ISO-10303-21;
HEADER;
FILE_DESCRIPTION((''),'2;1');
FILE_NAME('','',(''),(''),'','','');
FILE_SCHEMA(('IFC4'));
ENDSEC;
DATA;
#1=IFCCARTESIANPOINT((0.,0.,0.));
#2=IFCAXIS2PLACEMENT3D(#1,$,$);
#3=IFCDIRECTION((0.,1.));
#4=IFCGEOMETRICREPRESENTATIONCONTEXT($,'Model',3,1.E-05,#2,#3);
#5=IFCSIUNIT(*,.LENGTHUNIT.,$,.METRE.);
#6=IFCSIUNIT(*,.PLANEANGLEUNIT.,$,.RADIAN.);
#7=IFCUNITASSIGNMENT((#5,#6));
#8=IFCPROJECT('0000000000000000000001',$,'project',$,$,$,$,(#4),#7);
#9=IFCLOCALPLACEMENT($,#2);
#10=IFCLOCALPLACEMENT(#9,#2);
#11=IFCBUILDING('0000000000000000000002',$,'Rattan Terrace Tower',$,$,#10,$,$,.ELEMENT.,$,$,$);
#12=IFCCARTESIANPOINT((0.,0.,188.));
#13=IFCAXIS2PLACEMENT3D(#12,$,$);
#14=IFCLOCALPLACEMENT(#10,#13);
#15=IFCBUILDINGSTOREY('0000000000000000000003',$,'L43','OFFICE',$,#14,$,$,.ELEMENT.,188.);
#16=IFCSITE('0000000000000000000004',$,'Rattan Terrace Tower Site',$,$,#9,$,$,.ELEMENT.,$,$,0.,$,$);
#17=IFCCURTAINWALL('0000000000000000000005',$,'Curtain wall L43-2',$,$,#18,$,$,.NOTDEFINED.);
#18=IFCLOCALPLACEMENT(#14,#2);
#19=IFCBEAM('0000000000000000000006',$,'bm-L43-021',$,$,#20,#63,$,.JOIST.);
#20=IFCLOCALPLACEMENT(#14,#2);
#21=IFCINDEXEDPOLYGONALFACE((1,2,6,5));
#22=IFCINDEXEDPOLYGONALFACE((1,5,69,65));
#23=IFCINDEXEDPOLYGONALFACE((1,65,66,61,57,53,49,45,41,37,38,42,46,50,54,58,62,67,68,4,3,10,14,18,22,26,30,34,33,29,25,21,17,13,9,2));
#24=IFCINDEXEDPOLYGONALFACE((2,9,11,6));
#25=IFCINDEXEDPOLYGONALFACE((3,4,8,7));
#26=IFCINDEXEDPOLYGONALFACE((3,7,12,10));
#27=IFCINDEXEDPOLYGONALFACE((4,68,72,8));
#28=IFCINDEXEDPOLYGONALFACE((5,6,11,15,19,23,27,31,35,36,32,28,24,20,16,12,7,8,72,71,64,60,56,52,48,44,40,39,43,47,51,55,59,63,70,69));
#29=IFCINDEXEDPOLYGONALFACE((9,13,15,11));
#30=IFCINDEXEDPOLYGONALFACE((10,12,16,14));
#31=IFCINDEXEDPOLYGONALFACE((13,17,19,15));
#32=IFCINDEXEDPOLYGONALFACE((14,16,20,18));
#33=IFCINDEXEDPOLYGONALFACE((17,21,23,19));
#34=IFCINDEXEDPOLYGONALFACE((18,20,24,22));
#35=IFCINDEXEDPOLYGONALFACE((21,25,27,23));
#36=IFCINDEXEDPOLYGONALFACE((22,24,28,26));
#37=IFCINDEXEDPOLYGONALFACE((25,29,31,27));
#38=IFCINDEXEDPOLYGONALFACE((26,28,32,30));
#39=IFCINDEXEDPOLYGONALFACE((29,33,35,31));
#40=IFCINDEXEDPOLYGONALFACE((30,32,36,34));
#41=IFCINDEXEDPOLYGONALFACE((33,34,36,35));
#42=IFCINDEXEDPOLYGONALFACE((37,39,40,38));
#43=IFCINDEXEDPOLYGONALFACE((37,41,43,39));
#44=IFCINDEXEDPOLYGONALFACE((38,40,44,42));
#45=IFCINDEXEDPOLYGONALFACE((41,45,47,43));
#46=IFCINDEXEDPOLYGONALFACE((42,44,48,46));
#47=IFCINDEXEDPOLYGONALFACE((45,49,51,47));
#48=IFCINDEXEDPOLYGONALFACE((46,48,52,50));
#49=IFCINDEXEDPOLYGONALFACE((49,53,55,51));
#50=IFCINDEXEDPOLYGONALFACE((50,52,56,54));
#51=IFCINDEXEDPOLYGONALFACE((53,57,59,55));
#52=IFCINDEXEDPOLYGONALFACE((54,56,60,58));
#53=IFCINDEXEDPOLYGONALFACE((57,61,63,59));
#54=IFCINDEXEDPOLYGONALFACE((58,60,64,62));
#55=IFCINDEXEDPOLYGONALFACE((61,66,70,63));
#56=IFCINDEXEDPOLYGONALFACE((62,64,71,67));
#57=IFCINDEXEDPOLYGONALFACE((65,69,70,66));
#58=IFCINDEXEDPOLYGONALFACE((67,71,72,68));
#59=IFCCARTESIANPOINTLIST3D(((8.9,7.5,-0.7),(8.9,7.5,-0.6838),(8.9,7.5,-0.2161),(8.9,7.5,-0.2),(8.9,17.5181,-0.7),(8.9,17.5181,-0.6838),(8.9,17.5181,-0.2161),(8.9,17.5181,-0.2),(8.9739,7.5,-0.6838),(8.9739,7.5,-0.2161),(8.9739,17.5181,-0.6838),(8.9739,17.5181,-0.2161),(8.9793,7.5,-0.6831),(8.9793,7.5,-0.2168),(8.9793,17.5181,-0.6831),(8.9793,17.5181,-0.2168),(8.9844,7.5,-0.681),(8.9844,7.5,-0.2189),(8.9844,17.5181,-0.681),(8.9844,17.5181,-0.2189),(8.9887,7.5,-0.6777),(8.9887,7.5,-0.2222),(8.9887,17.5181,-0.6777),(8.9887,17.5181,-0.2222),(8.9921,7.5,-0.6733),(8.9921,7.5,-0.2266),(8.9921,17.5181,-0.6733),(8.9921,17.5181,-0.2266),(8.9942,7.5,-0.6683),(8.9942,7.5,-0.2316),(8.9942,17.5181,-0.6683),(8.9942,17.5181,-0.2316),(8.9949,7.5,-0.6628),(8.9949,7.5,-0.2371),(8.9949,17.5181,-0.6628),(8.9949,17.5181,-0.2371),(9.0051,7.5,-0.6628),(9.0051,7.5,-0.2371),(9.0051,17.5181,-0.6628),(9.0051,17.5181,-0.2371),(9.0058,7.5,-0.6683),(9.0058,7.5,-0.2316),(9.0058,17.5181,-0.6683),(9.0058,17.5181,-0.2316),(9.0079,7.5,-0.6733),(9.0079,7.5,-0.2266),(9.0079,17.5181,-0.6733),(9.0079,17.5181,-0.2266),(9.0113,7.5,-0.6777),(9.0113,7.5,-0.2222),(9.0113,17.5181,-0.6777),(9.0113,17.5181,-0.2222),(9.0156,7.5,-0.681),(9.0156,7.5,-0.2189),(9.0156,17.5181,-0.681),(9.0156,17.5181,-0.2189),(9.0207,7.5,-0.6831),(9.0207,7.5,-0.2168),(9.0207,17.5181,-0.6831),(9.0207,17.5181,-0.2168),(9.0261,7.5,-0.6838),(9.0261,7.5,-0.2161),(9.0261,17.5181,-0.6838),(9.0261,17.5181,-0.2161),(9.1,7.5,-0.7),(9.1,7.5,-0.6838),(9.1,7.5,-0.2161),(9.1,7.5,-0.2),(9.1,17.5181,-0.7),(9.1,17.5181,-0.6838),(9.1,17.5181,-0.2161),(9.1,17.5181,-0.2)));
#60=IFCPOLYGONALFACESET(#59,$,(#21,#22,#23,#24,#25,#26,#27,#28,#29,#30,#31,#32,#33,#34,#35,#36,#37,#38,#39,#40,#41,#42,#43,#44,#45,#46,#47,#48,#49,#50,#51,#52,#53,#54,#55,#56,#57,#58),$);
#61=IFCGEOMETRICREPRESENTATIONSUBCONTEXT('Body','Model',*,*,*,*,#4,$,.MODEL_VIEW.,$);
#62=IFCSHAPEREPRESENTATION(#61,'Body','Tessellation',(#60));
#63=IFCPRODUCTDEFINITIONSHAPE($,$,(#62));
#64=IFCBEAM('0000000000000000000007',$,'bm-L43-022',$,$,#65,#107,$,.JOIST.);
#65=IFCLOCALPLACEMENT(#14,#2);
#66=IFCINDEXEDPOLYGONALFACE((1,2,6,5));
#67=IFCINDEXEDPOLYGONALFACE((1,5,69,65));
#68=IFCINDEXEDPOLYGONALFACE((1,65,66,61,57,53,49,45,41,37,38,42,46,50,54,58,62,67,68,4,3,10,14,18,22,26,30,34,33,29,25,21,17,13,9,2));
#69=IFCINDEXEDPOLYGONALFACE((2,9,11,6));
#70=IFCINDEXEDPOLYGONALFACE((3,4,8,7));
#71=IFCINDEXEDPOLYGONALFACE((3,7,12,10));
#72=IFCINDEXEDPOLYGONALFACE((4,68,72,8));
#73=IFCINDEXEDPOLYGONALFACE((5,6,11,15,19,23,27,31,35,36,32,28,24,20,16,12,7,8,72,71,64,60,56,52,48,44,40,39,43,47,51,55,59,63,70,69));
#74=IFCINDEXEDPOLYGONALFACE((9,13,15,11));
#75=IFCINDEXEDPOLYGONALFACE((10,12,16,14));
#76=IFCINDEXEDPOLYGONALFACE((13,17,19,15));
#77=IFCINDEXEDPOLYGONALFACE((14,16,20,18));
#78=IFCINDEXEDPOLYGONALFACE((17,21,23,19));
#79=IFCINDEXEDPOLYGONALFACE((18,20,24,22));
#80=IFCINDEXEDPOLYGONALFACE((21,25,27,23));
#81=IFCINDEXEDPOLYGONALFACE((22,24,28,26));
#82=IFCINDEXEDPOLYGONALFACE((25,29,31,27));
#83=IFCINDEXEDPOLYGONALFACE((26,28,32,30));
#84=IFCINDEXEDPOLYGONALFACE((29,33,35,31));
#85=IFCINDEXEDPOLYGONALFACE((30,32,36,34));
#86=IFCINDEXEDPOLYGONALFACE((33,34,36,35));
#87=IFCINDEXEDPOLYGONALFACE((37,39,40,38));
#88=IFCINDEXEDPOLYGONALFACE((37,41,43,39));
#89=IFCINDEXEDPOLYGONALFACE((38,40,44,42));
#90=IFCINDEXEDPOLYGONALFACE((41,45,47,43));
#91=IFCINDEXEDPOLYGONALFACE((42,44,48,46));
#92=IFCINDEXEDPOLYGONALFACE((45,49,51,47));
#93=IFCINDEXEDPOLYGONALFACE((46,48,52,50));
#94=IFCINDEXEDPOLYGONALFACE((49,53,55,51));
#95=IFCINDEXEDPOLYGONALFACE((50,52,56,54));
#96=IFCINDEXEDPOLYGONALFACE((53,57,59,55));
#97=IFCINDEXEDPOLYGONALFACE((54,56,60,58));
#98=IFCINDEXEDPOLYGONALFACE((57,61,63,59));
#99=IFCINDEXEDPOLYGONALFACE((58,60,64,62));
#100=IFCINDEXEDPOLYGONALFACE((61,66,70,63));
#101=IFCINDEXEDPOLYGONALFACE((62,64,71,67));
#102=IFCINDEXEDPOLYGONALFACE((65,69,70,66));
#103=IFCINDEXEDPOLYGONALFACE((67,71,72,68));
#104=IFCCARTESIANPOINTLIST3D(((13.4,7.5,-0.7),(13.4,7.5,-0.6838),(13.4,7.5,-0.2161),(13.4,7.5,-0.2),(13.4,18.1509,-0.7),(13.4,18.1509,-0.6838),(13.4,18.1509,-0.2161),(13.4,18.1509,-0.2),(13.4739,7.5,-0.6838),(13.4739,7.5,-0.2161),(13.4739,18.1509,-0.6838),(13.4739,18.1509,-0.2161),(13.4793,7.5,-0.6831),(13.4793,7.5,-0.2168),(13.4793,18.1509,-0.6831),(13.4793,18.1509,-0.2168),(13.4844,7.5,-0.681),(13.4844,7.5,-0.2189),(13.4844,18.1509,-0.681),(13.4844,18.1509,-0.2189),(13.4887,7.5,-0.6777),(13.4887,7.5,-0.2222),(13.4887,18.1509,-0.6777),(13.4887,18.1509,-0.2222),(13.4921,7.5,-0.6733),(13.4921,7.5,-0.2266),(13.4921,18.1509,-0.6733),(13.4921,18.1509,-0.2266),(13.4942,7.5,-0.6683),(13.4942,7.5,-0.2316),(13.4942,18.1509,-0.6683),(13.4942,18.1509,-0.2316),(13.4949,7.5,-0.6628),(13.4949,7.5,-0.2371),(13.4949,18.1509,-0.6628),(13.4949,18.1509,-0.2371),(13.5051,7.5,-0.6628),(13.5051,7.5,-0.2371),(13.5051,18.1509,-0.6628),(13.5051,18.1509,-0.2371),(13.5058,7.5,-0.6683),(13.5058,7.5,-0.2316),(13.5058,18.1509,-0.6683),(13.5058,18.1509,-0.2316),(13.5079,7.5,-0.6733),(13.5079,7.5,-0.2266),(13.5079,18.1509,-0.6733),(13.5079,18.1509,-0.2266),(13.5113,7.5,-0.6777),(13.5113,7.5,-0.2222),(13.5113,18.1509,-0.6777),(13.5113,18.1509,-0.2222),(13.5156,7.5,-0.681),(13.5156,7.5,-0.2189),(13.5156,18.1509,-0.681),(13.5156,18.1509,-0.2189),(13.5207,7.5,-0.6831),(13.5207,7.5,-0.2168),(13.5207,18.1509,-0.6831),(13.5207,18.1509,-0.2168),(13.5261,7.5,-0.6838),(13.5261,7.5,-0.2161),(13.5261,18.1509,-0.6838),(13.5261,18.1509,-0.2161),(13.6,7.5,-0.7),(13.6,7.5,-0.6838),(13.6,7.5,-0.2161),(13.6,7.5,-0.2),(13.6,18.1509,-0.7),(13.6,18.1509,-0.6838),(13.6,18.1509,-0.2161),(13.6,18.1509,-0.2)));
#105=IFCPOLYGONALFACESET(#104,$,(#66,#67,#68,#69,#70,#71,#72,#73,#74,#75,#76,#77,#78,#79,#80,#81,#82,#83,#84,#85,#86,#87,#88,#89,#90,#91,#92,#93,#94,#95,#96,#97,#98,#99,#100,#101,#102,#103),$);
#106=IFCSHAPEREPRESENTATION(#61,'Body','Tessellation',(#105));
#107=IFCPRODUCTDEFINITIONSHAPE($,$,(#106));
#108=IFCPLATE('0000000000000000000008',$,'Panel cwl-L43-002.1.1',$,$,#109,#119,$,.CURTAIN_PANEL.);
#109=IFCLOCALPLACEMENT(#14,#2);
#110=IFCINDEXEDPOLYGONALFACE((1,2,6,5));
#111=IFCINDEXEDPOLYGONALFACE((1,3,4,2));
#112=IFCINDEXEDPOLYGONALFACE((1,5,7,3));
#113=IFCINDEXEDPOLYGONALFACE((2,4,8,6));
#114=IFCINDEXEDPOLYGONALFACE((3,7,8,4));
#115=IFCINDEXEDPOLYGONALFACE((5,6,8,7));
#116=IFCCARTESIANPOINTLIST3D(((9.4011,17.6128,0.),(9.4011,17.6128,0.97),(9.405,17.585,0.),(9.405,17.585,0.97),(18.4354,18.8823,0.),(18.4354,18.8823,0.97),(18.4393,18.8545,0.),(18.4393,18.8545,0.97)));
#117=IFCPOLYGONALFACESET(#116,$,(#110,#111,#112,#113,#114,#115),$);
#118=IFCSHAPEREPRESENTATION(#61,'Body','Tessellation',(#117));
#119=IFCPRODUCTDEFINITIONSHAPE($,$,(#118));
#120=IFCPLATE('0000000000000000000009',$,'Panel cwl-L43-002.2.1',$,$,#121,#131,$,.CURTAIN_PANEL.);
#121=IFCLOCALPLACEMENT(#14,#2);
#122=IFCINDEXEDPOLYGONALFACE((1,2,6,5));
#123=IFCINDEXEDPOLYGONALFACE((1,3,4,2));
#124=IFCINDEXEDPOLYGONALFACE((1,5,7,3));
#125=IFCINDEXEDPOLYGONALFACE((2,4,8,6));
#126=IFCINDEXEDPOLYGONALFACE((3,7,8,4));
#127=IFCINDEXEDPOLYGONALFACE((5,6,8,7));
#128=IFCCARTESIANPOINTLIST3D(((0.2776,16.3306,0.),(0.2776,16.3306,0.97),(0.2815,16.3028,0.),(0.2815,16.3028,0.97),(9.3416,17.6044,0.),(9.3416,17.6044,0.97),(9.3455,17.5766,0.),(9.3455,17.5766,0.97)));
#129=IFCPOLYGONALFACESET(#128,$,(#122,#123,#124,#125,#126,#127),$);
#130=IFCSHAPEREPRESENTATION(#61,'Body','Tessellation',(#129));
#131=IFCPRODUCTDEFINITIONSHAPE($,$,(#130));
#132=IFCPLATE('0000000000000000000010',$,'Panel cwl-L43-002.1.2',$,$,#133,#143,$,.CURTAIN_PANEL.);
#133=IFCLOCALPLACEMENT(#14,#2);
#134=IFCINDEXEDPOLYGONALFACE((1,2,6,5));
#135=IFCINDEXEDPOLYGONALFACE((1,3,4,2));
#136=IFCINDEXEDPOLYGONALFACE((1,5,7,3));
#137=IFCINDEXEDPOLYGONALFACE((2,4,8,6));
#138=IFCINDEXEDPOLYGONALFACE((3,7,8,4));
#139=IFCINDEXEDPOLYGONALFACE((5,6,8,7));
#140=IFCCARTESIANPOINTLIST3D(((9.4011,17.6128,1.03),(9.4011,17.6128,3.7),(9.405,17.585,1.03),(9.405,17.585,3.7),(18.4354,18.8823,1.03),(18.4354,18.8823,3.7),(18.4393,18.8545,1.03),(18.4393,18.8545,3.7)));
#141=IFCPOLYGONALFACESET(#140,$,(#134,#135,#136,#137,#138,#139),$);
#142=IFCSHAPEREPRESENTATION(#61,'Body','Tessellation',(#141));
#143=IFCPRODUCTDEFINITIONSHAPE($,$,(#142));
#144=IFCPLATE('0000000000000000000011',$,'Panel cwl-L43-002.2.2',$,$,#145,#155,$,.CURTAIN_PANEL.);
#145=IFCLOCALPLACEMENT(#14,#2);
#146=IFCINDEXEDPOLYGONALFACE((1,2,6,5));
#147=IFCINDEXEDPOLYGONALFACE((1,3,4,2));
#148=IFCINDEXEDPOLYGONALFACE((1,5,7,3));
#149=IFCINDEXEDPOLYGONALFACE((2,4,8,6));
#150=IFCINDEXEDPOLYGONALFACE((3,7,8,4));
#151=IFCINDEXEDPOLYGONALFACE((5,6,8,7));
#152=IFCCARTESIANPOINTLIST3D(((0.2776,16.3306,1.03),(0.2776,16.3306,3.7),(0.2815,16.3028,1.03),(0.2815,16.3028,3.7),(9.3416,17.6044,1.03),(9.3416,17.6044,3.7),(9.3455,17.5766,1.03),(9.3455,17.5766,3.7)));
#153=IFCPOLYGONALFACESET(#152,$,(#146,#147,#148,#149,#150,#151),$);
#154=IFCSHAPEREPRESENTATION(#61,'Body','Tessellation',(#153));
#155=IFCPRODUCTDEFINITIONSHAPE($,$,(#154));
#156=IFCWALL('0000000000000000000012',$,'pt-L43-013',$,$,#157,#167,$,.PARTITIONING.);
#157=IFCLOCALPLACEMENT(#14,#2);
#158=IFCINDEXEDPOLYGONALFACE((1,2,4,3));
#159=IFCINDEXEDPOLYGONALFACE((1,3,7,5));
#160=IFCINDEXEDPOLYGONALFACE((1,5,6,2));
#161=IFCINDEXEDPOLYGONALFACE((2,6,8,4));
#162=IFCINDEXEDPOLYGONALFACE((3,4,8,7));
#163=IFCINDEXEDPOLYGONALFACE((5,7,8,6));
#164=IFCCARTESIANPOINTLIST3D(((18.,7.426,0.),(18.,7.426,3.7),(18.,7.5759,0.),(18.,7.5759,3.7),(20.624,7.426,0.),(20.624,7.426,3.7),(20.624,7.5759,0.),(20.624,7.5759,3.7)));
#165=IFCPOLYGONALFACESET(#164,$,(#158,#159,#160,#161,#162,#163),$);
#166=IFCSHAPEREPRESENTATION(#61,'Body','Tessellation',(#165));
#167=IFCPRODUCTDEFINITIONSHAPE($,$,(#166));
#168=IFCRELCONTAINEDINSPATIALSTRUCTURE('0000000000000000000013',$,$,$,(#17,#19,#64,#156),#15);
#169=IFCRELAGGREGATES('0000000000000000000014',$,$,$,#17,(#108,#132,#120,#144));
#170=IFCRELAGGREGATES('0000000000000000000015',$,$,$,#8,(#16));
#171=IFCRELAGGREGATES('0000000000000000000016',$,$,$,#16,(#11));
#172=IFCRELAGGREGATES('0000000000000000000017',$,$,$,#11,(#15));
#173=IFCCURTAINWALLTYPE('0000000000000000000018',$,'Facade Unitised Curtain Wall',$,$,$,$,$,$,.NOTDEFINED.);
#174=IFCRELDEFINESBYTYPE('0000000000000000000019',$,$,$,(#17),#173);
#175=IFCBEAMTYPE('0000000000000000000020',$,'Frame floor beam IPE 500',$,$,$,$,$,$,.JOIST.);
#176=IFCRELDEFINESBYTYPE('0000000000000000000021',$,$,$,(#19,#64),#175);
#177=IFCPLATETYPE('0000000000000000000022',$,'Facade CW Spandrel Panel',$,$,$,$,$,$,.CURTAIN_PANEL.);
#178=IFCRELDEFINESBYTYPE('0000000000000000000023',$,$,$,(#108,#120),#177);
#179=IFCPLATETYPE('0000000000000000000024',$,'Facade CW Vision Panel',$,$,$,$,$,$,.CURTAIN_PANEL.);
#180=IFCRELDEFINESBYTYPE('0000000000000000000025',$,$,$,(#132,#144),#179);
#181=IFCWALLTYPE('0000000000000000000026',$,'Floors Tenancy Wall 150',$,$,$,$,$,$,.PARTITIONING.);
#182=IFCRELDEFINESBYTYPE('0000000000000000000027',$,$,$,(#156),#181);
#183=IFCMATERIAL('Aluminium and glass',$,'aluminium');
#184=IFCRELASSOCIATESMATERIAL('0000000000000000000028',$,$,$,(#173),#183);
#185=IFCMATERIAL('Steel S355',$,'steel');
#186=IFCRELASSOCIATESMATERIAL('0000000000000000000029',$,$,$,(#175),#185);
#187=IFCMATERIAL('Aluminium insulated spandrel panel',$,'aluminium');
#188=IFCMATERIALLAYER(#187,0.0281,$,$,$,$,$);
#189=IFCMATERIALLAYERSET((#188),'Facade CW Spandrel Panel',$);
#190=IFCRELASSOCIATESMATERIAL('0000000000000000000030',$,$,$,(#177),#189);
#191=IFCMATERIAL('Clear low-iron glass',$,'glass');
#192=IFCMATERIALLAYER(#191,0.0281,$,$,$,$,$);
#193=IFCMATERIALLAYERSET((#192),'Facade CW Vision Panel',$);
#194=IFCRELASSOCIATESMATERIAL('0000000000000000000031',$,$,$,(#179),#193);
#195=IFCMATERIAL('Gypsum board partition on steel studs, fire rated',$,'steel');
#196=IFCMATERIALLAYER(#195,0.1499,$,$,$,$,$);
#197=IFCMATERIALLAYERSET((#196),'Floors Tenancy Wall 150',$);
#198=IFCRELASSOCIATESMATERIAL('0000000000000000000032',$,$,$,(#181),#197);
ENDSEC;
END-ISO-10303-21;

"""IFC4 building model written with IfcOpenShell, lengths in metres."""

from ifc_helpers import new_model, si_unit, direction, frame, frame_2d, origin, origin_2d, place, context, subcontext, project, spatial, rectangle, i_section, extrude, material, layer, layer_set, material_profile, profile_set, type_object, element, aggregate, save


model = new_model("IFC4")

# Units and contexts
model_context = context("Model", 3, precision=1e-05, world=origin(), true_north=direction((0.0, 1.0)))
body_context = subcontext(model_context, "Body", "Model", "MODEL_VIEW")
ifc_project = project(units=[si_unit("LENGTHUNIT", "METRE"), si_unit("PLANEANGLEUNIT", "RADIAN")], contexts=[model_context])

# Site, building, storey
site_placement = place(None, origin())
site = spatial("IfcSite", under=ifc_project, at=site_placement, Name="Rattan Terrace Tower Site", CompositionType="ELEMENT", RefElevation=0.0)
building_placement = place(site_placement, origin())
building = spatial("IfcBuilding", under=site, at=building_placement, Name="Rattan Terrace Tower", CompositionType="ELEMENT")
storey_placement = place(building_placement, frame((0.0, 0.0, 188.0)))
storey = spatial("IfcBuildingStorey", under=building, at=storey_placement, Name="L43", Description="OFFICE", CompositionType="ELEMENT", Elevation=188.0)

# Curtain wall
ifc_material_1 = material(Name="Aluminium and glass", Category="aluminium")
curtain_wall_type = type_object("IfcCurtainWallType", Name="Facade Unitised Curtain Wall", PredefinedType="NOTDEFINED", material=ifc_material_1)
curtain_wall_placement = place(storey_placement, origin())
curtain_wall = element("IfcCurtainWall", 1, at=curtain_wall_placement, inside=storey, type_object=curtain_wall_type, Name="Curtain wall L43-2", PredefinedType="NOTDEFINED")

# Beams
ifc_material_2 = material(Name="Steel S355", Category="steel")
ifc_material_profile_1 = material_profile(ifc_material_2, i_section(OverallWidth=0.2, OverallDepth=0.5, WebThickness=0.0103, FlangeThickness=0.0161, FilletRadius=0.021, at=origin_2d()), Name="IPE 500")
ifc_profile_set_1 = profile_set([ifc_material_profile_1], Name="Steel S355")
beam_type_1 = type_object("IfcBeamType", Name="Frame floor beam IPE 500", PredefinedType="JOIST", material=ifc_profile_set_1)
beam_1_placement = place(storey_placement, frame((9.0, 7.5, -0.45), z_axis=(0.0, 1.0, 0.0), x_axis=(-1.0, 0.0, 0.0)))
element("IfcBeam", 2, at=beam_1_placement, inside=storey, type_object=beam_type_1, Name="bm-L43-021", PredefinedType="JOIST", context=body_context, shape_type="SweptSolid", body=[
    extrude(i_section(OverallWidth=0.2, OverallDepth=0.5, WebThickness=0.0103, FlangeThickness=0.0161, FilletRadius=0.021, at=origin_2d()), origin(), (0.0, 0.0, 1.0), 10.0181),
])
beam_2_placement = place(storey_placement, frame((13.5, 7.5, -0.45), z_axis=(0.0, 1.0, 0.0), x_axis=(-1.0, 0.0, 0.0)))
element("IfcBeam", 3, at=beam_2_placement, inside=storey, type_object=beam_type_1, Name="bm-L43-022", PredefinedType="JOIST", context=body_context, shape_type="SweptSolid", body=[
    extrude(i_section(OverallWidth=0.2, OverallDepth=0.5, WebThickness=0.0103, FlangeThickness=0.0161, FilletRadius=0.021, at=origin_2d()), origin(), (0.0, 0.0, 1.0), 10.6509),
])

# Plates
ifc_material_3 = material(Name="Aluminium insulated spandrel panel", Category="aluminium")
ifc_layer_1 = layer(ifc_material_3, 0.0281)
ifc_layer_set_1 = layer_set([ifc_layer_1], Name="Facade CW Spandrel Panel")
plate_type_1 = type_object("IfcPlateType", Name="Facade CW Spandrel Panel", PredefinedType="CURTAIN_PANEL", material=ifc_layer_set_1)
plate_1_placement = place(storey_placement, frame((13.9202, 18.2336, 0.0), z_axis=(0.0, 0.0, 1.0), x_axis=(-0.99027, -0.139161, 0.0)))
plate_1 = element("IfcPlate", 4, at=plate_1_placement, type_object=plate_type_1, Name="Panel cwl-L43-002.1.1", PredefinedType="CURTAIN_PANEL", context=body_context, shape_type="SweptSolid", body=[
    extrude(rectangle(XDim=9.123, YDim=0.0281, at=origin_2d()), origin(), (0.0, 0.0, 1.0), 0.97),
])
plate_2_placement = place(storey_placement, frame((4.8115, 16.9536, 0.0), z_axis=(0.0, 0.0, 1.0), x_axis=(-0.99027, -0.139161, 0.0)))
plate_2 = element("IfcPlate", 5, at=plate_2_placement, type_object=plate_type_1, Name="Panel cwl-L43-002.2.1", PredefinedType="CURTAIN_PANEL", context=body_context, shape_type="SweptSolid", body=[
    extrude(rectangle(XDim=9.1531, YDim=0.0281, at=origin_2d()), origin(), (0.0, 0.0, 1.0), 0.97),
])
ifc_material_4 = material(Name="Clear low-iron glass", Category="glass")
ifc_layer_2 = layer(ifc_material_4, 0.0281)
ifc_layer_set_2 = layer_set([ifc_layer_2], Name="Facade CW Vision Panel")
plate_type_2 = type_object("IfcPlateType", Name="Facade CW Vision Panel", PredefinedType="CURTAIN_PANEL", material=ifc_layer_set_2)
plate_3_placement = place(storey_placement, frame((13.9202, 18.2336, 1.03), z_axis=(0.0, 0.0, 1.0), x_axis=(-0.99027, -0.139161, 0.0)))
plate_3 = element("IfcPlate", 6, at=plate_3_placement, type_object=plate_type_2, Name="Panel cwl-L43-002.1.2", PredefinedType="CURTAIN_PANEL", context=body_context, shape_type="SweptSolid", body=[
    extrude(rectangle(XDim=9.123, YDim=0.0281, at=origin_2d()), origin(), (0.0, 0.0, 1.0), 2.6699),
])
plate_4_placement = place(storey_placement, frame((4.8115, 16.9536, 1.03), z_axis=(0.0, 0.0, 1.0), x_axis=(-0.99027, -0.139161, 0.0)))
plate_4 = element("IfcPlate", 7, at=plate_4_placement, type_object=plate_type_2, Name="Panel cwl-L43-002.2.2", PredefinedType="CURTAIN_PANEL", context=body_context, shape_type="SweptSolid", body=[
    extrude(rectangle(XDim=9.1531, YDim=0.0281, at=origin_2d()), origin(), (0.0, 0.0, 1.0), 2.6699),
])
aggregate(curtain_wall, [plate_1, plate_3, plate_2, plate_4])

# Wall
ifc_material_5 = material(Name="Gypsum board partition on steel studs, fire rated", Category="steel")
ifc_layer_3 = layer(ifc_material_5, 0.1499)
ifc_layer_set_3 = layer_set([ifc_layer_3], Name="Floors Tenancy Wall 150")
wall_type = type_object("IfcWallType", Name="Floors Tenancy Wall 150", PredefinedType="PARTITIONING", material=ifc_layer_set_3)
wall_placement = place(storey_placement, frame((18.0, 7.501, 0.0), z_axis=(0.0, 0.0, 1.0), x_axis=(1.0, 0.0, 0.0)))
element("IfcWall", 8, at=wall_placement, inside=storey, type_object=wall_type, Name="pt-L43-013", PredefinedType="PARTITIONING", context=body_context, shape_type="SweptSolid", body=[
    extrude(rectangle(XDim=2.624, YDim=0.1499, at=frame_2d((1.312, 0.0))), origin(), (0.0, 0.0, 1.0), 3.7),
])

save(model, "model.ifc")
